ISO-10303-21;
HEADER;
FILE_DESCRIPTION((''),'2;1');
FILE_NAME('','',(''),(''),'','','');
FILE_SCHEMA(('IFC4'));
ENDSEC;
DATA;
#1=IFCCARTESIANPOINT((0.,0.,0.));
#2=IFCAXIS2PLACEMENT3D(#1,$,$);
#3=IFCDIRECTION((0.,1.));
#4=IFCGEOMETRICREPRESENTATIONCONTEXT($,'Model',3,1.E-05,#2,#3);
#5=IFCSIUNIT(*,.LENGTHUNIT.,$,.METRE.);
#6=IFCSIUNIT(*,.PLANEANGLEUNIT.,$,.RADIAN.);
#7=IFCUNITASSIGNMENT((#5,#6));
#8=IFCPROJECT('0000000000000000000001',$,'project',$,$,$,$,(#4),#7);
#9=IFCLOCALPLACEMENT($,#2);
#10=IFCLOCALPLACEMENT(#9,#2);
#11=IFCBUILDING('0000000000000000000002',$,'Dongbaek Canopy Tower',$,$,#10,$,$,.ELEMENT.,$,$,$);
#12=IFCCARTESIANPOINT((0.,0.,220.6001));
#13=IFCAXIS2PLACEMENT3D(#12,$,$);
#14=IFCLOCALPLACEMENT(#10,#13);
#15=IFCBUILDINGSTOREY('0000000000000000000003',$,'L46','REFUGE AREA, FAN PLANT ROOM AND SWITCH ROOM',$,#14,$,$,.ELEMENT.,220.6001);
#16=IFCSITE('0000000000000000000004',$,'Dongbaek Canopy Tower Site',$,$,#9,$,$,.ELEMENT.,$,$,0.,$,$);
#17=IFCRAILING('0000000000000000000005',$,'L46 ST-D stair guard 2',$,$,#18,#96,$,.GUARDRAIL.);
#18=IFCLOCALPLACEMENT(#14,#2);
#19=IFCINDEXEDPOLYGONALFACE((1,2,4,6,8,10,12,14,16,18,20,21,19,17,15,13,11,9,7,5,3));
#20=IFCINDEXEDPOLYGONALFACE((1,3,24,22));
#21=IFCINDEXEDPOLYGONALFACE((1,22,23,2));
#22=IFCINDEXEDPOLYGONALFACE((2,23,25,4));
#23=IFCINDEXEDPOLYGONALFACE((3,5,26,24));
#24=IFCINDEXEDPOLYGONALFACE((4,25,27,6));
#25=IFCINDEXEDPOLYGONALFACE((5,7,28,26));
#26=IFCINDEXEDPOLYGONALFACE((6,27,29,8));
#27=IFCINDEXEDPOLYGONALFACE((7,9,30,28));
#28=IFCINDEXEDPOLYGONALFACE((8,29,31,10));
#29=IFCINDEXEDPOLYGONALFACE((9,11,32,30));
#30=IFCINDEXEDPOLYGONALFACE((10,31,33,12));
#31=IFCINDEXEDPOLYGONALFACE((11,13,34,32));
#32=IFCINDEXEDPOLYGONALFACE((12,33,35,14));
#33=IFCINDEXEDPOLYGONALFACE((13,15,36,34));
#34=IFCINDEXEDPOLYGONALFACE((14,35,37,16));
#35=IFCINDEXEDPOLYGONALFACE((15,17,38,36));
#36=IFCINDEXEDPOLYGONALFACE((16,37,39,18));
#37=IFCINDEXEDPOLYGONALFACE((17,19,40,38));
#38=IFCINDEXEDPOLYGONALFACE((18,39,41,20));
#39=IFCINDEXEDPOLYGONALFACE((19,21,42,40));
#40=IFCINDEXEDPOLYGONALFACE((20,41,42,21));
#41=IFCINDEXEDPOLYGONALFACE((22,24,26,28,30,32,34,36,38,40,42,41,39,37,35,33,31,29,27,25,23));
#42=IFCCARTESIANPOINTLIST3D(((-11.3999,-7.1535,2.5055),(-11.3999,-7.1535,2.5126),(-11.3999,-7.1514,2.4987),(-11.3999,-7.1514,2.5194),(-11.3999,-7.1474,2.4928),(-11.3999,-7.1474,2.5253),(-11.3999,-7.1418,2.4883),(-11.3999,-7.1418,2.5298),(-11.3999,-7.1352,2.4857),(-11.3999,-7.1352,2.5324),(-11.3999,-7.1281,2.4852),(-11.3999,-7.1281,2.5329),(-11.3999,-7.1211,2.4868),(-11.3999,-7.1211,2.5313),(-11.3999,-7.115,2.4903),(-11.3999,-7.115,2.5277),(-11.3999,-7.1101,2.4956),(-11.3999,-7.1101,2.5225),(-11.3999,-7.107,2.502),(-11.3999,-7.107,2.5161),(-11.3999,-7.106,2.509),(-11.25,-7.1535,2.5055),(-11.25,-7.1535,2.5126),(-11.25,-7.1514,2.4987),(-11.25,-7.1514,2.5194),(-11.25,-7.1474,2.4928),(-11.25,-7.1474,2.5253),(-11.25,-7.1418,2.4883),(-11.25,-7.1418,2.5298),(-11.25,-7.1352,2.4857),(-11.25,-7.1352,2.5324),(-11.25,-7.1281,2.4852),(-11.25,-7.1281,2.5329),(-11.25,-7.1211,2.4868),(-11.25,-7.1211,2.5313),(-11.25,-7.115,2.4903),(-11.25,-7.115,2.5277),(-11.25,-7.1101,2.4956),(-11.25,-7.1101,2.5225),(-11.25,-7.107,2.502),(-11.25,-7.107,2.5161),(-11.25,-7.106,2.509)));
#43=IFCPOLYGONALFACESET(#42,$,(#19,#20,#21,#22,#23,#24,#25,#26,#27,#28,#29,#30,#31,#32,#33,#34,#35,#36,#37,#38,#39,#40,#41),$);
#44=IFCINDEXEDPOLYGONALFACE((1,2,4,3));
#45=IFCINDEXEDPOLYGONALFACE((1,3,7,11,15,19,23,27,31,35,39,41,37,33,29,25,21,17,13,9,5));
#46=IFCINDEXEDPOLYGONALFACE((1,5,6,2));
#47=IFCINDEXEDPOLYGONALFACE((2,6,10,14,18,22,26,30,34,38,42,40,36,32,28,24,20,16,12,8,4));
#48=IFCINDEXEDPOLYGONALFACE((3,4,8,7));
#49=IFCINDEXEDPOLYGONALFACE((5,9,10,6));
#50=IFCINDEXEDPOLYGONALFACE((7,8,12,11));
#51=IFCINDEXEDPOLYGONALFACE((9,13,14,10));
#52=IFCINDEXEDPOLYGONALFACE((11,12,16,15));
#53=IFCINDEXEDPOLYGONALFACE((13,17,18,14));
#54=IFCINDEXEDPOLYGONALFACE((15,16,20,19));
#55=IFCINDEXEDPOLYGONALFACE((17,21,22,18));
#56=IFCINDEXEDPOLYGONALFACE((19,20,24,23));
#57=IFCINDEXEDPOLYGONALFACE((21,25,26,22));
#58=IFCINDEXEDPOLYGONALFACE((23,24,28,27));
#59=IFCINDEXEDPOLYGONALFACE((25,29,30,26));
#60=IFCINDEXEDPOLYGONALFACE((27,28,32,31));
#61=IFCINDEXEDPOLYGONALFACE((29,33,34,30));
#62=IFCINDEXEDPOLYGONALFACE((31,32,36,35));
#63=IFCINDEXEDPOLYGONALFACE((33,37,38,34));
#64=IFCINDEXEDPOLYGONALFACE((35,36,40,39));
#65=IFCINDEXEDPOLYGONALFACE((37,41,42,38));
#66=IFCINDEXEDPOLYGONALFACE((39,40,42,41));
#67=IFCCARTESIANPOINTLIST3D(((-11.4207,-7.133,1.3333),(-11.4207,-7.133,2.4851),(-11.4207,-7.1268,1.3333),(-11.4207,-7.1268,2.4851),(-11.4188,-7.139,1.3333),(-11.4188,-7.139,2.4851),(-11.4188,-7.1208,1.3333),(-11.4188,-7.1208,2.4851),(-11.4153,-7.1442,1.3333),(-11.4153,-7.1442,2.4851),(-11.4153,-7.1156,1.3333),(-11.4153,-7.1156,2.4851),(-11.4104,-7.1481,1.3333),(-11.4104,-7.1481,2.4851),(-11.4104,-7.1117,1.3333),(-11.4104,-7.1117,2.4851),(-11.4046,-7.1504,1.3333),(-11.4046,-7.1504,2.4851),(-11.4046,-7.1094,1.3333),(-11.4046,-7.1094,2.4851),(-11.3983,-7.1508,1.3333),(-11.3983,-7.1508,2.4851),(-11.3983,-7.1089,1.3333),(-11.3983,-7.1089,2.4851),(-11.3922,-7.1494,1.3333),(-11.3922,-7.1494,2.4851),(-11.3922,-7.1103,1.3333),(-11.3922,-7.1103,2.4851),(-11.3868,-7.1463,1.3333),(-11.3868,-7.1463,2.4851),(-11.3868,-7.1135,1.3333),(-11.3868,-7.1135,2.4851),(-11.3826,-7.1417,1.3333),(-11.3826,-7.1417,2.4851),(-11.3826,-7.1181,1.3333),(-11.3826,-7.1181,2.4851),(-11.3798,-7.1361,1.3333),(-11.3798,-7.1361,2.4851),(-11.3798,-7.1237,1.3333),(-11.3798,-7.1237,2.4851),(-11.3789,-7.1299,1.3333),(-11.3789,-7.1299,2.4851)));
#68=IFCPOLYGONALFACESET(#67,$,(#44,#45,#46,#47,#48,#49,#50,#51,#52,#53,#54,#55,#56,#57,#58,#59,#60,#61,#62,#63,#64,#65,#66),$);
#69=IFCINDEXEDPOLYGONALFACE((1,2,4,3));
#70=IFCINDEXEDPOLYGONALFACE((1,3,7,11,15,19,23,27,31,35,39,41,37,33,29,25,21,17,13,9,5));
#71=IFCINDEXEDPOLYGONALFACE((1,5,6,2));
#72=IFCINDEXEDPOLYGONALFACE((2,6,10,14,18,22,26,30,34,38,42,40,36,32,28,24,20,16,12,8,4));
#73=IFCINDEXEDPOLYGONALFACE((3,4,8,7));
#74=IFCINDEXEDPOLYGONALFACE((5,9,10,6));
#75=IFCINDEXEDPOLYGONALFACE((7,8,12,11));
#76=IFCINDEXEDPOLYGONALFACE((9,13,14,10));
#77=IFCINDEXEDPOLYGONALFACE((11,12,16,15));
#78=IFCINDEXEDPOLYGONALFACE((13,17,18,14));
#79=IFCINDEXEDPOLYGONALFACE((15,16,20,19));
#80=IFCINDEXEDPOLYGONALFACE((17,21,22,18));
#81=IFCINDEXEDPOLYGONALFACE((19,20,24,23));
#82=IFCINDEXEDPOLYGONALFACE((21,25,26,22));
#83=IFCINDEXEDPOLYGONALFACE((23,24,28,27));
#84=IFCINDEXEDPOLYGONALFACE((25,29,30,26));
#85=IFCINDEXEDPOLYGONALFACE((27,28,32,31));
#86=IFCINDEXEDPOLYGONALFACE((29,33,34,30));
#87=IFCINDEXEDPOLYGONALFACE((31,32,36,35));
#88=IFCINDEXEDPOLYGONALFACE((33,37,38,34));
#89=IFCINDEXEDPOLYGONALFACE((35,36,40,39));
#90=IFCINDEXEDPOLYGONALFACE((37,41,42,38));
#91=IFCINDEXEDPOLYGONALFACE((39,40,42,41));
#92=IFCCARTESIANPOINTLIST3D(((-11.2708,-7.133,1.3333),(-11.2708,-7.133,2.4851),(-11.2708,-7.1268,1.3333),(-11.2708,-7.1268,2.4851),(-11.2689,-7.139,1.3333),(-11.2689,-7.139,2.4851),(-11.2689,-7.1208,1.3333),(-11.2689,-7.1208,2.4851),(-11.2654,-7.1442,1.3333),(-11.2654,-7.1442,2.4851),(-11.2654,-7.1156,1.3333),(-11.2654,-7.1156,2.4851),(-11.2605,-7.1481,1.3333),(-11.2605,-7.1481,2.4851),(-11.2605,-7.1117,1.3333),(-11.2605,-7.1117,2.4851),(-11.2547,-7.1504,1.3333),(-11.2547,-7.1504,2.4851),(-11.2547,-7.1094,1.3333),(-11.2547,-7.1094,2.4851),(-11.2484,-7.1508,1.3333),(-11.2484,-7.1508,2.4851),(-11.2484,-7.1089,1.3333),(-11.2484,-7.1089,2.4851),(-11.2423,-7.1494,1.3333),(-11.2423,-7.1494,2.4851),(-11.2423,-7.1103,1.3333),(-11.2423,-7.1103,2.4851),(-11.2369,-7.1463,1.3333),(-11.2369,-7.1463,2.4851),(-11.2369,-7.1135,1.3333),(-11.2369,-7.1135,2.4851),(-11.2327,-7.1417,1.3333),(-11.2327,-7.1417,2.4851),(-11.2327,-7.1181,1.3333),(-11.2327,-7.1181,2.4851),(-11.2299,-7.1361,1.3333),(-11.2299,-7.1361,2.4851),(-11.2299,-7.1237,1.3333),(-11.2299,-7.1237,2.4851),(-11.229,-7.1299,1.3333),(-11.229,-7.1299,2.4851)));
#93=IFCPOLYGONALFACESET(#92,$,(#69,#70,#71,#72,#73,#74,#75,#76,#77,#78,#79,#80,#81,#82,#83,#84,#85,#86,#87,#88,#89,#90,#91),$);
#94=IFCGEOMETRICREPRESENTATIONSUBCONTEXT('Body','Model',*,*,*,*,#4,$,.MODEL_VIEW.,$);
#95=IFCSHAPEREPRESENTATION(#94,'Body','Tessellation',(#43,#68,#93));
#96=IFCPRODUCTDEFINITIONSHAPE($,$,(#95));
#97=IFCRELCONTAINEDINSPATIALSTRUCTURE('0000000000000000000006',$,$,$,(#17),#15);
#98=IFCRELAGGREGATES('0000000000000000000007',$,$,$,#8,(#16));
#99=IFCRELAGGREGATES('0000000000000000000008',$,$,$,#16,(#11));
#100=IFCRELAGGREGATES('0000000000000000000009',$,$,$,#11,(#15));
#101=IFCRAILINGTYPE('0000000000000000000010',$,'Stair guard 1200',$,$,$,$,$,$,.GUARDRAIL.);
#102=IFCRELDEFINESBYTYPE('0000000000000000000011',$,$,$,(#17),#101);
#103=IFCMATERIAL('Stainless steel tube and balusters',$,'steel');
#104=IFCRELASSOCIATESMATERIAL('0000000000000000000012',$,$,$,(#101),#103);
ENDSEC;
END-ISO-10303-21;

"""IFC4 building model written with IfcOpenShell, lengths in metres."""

from ifc_helpers import new_model, si_unit, direction, frame, origin, origin_2d, place, context, subcontext, project, spatial, circle, extrude, material, type_object, element, save


model = new_model("IFC4")

# Units and contexts
model_context = context("Model", 3, precision=1e-05, world=origin(), true_north=direction((0.0, 1.0)))
body_context = subcontext(model_context, "Body", "Model", "MODEL_VIEW")
ifc_project = project(units=[si_unit("LENGTHUNIT", "METRE"), si_unit("PLANEANGLEUNIT", "RADIAN")], contexts=[model_context])

# Site, building, storey
site_placement = place(None, origin())
site = spatial("IfcSite", under=ifc_project, at=site_placement, Name="Dongbaek Canopy Tower Site", CompositionType="ELEMENT", RefElevation=0.0)
building_placement = place(site_placement, origin())
building = spatial("IfcBuilding", under=site, at=building_placement, Name="Dongbaek Canopy Tower", CompositionType="ELEMENT")
storey_placement = place(building_placement, frame((0.0, 0.0, 220.6001)))
storey = spatial("IfcBuildingStorey", under=building, at=storey_placement, Name="L46", Description="REFUGE AREA, FAN PLANT ROOM AND SWITCH ROOM", CompositionType="ELEMENT", Elevation=220.6001)

# Railing
ifc_material_1 = material(Name="Stainless steel tube and balusters", Category="steel")
railing_type = type_object("IfcRailingType", Name="Stair guard 1200", PredefinedType="GUARDRAIL", material=ifc_material_1)
railing_1_placement = place(storey_placement, frame((-11.3999, -7.1299, 1.3333)))
element("IfcRailing", 1, at=railing_1_placement, inside=storey, type_object=railing_type, Name="L46 ST-D stair guard 2", PredefinedType="GUARDRAIL", context=body_context, shape_type="SweptSolid", body=[
    extrude(circle(Radius=0.0239, at=origin_2d()), frame((0.0, 0.0, 1.1758), z_axis=(1.0, 0.0, 0.0), x_axis=(0.0, 1.0, 0.0)), (0.0, 0.0, 1.0), 0.1499),
    extrude(circle(Radius=0.021, at=origin_2d()), origin(), (0.0, 0.0, 1.0), 1.1519),
    extrude(circle(Radius=0.021, at=origin_2d()), frame((0.1499, 0.0, 0.0)), (0.0, 0.0, 1.0), 1.1519),
])

save(model, "model.ifc")
